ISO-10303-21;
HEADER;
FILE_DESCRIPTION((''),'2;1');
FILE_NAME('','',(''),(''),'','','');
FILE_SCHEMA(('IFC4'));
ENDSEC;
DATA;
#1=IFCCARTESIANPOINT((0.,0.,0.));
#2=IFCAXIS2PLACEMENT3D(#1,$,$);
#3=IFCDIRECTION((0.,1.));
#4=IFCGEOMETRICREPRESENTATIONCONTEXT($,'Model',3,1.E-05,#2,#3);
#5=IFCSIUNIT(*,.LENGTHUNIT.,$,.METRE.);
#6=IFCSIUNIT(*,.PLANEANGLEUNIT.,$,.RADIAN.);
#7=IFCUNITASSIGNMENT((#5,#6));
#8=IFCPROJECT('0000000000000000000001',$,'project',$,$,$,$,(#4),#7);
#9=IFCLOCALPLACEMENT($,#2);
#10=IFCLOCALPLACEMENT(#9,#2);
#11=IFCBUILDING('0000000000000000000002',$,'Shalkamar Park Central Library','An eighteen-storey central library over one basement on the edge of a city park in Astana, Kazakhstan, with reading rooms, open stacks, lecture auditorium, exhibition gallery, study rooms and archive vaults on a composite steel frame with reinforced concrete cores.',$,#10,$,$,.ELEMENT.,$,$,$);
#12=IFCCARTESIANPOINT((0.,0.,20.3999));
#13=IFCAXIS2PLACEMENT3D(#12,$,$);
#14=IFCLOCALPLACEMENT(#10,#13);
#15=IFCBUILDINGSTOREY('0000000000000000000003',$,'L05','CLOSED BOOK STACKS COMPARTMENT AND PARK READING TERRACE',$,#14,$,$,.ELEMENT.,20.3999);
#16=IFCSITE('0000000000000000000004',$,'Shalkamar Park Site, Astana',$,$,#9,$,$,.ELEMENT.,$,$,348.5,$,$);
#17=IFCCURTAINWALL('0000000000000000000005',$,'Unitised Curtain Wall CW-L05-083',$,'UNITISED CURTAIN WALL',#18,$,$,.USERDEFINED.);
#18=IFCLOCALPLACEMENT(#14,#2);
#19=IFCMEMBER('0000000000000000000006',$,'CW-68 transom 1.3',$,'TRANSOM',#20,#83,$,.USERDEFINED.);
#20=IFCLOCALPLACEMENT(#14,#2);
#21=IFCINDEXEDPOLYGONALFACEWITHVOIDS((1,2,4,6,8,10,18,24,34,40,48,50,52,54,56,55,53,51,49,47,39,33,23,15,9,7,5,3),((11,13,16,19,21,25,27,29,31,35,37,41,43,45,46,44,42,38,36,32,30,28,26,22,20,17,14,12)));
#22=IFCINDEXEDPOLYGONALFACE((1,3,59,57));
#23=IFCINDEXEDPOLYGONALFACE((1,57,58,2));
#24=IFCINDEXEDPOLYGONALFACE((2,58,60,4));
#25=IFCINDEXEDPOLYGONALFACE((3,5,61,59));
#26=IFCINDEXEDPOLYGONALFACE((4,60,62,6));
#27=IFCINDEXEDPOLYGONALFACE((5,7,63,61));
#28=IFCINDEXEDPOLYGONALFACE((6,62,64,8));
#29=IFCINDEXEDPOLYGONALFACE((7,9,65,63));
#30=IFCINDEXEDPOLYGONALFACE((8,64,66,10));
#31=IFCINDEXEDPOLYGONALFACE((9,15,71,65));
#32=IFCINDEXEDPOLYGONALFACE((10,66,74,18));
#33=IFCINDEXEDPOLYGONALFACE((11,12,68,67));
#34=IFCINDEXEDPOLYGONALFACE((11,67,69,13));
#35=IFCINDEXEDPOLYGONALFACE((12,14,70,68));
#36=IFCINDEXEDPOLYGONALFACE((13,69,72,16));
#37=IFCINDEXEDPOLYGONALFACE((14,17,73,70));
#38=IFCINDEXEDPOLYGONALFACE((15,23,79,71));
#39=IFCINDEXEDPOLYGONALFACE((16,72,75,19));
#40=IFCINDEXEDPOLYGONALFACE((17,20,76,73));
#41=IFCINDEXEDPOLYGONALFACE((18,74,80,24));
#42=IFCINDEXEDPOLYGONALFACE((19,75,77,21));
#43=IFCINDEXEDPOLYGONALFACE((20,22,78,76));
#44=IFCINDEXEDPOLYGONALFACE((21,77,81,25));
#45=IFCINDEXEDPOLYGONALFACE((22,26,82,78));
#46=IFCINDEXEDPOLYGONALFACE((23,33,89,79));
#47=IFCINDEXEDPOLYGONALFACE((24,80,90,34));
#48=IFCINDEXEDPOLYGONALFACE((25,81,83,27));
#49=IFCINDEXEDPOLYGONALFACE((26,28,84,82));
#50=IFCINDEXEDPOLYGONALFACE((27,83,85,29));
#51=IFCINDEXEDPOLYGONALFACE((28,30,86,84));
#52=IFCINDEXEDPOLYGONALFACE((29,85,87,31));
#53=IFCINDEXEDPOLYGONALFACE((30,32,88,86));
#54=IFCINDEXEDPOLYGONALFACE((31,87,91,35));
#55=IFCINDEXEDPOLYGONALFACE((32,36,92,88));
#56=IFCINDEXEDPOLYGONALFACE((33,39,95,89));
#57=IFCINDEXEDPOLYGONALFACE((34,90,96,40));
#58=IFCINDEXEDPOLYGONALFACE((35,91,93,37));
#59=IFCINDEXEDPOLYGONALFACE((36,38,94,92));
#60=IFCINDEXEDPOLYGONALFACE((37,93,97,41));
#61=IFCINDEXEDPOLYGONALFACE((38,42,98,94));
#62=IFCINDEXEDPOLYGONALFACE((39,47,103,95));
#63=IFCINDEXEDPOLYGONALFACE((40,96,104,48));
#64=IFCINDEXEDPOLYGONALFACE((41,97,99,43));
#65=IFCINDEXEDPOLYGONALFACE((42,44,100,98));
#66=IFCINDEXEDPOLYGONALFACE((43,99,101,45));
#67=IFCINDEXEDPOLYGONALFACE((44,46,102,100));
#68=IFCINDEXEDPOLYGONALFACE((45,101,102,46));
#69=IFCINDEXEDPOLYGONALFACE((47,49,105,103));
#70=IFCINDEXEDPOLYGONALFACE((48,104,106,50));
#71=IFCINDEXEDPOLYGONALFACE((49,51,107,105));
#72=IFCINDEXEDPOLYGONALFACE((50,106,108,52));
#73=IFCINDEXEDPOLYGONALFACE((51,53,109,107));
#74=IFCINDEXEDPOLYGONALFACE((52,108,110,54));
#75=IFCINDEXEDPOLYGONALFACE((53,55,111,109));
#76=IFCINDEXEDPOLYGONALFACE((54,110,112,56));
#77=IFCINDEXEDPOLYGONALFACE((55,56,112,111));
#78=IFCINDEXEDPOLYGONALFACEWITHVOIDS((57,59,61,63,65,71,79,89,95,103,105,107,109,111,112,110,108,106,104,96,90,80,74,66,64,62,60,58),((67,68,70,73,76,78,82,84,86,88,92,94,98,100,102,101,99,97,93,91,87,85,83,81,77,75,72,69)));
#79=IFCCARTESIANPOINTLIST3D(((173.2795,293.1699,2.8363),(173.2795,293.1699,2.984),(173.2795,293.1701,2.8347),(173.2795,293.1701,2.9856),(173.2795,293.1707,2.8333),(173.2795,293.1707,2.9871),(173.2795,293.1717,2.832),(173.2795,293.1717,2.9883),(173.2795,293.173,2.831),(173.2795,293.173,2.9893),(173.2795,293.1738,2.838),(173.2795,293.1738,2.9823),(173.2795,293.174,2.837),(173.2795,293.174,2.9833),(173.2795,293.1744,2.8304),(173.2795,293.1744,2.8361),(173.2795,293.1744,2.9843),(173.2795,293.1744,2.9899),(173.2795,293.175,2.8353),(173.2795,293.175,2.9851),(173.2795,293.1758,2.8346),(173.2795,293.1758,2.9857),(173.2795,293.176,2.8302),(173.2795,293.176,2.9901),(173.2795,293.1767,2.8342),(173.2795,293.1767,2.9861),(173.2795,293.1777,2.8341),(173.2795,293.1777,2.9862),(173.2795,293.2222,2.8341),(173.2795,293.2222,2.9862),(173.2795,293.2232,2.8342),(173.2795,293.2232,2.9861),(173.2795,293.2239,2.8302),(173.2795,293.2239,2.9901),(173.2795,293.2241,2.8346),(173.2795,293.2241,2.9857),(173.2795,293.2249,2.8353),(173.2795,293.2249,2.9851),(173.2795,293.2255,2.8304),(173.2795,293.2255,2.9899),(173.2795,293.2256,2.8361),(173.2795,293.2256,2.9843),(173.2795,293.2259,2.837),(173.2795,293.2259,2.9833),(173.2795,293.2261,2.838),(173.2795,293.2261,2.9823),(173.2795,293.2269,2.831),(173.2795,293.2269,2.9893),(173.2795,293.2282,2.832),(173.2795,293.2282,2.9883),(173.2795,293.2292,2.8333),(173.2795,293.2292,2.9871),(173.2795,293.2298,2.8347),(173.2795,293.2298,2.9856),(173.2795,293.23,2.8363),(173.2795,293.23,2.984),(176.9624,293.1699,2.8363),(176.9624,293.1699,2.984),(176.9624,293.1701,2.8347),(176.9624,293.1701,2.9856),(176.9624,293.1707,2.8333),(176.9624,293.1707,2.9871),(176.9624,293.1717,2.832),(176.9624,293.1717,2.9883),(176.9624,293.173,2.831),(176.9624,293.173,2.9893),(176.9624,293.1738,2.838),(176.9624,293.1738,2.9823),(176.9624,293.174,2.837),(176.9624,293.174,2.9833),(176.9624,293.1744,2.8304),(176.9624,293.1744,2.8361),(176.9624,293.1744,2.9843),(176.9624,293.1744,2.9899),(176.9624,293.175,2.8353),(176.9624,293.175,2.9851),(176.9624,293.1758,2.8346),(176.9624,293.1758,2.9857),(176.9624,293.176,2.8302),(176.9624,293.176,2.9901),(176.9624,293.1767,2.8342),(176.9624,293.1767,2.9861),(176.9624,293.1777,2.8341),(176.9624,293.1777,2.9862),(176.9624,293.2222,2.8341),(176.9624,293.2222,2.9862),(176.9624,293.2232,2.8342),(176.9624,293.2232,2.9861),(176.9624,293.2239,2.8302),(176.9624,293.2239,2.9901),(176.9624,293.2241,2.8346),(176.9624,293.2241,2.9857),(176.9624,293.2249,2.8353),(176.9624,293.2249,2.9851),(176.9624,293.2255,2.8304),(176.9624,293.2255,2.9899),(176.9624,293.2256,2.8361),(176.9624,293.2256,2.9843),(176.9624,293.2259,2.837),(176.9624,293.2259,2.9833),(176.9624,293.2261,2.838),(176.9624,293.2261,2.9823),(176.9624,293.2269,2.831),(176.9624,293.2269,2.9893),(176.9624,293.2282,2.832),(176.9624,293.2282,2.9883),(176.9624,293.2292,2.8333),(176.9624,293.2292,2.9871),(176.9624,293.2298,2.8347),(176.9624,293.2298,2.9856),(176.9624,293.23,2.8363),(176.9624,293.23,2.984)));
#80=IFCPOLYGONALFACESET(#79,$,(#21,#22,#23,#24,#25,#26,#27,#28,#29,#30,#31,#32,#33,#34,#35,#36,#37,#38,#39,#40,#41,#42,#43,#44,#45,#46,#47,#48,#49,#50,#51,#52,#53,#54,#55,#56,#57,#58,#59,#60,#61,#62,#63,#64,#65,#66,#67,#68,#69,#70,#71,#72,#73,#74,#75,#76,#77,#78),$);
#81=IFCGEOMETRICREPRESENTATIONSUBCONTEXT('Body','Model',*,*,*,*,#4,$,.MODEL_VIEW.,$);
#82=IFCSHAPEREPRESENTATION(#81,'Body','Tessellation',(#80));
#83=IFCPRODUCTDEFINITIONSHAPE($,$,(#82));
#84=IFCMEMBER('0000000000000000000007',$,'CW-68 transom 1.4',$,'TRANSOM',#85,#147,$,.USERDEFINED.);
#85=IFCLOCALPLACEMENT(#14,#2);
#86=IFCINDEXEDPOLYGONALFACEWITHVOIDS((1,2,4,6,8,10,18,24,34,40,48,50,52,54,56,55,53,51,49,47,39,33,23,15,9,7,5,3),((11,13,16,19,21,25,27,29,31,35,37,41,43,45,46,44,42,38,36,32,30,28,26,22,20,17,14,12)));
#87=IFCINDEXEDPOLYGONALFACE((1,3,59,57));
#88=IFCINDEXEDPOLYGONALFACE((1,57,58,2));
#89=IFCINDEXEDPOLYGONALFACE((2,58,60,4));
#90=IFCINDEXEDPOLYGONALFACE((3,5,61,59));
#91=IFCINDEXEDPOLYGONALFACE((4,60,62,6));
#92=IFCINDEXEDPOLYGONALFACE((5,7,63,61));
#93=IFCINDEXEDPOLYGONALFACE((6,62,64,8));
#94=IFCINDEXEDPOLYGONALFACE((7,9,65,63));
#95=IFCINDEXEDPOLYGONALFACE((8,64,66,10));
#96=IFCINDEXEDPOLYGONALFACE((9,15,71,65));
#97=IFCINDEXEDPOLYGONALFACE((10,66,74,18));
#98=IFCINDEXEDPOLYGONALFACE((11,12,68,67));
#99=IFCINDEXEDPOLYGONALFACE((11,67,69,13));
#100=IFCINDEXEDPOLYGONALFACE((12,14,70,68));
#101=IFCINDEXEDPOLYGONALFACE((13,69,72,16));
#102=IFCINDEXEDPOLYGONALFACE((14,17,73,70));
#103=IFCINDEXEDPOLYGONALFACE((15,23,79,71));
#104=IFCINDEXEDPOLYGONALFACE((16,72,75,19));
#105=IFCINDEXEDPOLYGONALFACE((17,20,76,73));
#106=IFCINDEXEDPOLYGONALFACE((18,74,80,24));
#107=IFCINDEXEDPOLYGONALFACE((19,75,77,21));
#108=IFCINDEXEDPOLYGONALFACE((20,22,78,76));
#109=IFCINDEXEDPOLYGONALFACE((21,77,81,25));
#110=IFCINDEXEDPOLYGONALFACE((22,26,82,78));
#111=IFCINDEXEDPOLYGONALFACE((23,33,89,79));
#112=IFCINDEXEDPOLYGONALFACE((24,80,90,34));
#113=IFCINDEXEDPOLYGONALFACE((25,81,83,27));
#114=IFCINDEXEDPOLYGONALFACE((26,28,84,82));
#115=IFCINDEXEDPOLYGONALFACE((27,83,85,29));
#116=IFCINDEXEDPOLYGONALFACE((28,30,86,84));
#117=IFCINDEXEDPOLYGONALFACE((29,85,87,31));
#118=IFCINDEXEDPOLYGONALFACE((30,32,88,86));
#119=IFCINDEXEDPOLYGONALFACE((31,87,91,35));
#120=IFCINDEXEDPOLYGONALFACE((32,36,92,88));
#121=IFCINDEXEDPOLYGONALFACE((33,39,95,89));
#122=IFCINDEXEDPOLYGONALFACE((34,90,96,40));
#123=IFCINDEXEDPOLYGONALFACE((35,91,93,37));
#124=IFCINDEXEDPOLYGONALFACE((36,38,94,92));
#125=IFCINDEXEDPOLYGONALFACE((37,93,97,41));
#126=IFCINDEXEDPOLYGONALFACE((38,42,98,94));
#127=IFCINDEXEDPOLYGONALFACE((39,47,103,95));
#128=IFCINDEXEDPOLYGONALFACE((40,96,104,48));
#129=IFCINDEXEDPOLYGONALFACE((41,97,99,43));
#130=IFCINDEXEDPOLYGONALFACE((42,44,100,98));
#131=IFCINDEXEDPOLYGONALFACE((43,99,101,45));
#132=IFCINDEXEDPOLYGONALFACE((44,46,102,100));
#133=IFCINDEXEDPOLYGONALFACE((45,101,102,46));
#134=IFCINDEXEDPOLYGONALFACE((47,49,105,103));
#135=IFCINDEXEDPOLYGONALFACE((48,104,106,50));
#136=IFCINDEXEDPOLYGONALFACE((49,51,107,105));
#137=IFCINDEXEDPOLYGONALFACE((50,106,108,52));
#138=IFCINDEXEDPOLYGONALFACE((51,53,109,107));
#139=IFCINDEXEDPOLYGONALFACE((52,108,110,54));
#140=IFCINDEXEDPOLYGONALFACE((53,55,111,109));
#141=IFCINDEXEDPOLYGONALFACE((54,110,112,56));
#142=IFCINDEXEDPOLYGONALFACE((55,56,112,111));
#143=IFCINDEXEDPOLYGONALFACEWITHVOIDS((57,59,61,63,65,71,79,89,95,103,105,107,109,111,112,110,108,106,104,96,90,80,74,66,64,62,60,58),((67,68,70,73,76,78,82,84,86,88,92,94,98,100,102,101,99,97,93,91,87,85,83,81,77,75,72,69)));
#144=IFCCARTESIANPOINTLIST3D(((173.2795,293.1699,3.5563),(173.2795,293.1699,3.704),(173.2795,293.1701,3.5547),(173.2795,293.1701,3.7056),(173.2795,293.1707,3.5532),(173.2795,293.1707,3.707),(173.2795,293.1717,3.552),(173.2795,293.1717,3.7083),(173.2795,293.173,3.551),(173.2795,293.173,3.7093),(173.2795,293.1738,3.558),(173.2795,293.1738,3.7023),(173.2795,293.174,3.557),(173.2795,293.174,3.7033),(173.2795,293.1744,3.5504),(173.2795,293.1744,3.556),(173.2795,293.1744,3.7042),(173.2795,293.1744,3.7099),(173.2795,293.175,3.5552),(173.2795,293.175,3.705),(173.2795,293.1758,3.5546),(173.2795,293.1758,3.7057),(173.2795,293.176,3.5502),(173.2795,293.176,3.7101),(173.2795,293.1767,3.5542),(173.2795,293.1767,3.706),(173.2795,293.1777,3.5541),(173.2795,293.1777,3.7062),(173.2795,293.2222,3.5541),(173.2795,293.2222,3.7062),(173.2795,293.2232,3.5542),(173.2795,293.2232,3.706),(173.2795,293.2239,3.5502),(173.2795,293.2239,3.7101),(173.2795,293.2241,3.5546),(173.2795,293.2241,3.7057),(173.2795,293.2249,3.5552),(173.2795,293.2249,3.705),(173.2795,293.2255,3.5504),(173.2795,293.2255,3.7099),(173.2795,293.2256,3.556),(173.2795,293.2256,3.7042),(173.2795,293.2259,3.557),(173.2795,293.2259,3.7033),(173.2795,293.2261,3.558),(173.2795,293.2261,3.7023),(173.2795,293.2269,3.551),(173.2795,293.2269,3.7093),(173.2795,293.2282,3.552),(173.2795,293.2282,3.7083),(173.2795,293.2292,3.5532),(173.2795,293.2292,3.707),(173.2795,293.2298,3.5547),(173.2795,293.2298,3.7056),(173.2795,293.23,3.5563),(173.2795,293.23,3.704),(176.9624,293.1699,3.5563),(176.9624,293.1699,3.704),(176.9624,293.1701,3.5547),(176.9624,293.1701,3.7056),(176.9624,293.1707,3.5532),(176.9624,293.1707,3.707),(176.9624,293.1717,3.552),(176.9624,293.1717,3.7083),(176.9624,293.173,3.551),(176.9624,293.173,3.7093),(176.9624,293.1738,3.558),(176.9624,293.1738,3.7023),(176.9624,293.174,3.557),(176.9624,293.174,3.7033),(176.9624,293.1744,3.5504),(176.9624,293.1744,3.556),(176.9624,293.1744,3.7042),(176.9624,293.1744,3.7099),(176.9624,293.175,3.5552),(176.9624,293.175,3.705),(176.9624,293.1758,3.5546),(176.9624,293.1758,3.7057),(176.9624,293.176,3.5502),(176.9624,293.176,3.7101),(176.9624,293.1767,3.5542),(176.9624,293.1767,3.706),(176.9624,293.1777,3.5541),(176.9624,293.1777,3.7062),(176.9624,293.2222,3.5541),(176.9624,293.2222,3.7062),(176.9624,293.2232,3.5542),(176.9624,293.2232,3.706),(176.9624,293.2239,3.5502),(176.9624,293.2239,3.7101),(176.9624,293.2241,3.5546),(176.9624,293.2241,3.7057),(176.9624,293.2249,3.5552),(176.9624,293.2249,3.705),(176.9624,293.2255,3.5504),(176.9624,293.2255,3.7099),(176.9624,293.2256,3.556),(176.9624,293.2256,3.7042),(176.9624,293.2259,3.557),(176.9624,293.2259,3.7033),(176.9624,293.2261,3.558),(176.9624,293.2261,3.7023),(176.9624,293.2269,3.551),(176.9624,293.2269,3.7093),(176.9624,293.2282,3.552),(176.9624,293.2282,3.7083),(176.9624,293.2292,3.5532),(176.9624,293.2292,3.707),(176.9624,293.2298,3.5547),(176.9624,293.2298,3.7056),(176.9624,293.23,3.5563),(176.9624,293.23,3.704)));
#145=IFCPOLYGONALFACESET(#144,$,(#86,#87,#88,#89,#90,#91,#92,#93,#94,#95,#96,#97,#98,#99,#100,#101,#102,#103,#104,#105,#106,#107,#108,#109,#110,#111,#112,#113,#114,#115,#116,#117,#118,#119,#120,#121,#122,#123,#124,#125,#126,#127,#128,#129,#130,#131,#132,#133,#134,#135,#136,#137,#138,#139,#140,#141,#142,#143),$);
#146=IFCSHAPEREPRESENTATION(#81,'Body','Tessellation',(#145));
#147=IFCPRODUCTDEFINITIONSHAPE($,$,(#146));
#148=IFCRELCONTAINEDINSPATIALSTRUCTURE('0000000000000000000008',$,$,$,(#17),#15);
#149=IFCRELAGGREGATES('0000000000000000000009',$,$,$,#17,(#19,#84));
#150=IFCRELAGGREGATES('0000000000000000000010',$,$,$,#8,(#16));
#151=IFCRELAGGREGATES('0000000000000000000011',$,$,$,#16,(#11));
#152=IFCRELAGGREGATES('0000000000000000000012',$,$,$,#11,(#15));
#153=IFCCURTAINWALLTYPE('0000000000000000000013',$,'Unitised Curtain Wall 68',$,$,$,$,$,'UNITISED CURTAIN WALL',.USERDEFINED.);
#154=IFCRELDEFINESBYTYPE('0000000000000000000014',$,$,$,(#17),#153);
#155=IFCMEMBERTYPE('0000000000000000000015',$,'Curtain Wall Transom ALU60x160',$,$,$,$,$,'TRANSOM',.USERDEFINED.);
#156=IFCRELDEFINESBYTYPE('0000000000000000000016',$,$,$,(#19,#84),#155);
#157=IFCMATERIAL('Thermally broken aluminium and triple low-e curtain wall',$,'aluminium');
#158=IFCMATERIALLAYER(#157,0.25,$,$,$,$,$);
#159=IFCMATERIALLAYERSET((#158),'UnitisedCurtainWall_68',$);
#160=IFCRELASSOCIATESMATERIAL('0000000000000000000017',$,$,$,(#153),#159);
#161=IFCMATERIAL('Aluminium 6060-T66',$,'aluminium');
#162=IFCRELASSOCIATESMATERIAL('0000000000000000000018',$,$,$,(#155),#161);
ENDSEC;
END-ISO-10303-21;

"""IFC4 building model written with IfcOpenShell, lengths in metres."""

from ifc_helpers import new_model, si_unit, direction, frame, origin, origin_2d, place, context, subcontext, project, spatial, hollow_rectangle, extrude, material, layer, layer_set, material_profile, profile_set, type_object, element, aggregate, save


model = new_model("IFC4")

# Units and contexts
model_context = context("Model", 3, precision=1e-05, world=origin(), true_north=direction((0.0, 1.0)))
body_context = subcontext(model_context, "Body", "Model", "MODEL_VIEW")
ifc_project = project(units=[si_unit("LENGTHUNIT", "METRE"), si_unit("PLANEANGLEUNIT", "RADIAN")], contexts=[model_context])

# Site, building, storey
site_placement = place(None, origin())
site = spatial("IfcSite", under=ifc_project, at=site_placement, Name="Shalkamar Park Site, Astana", CompositionType="ELEMENT", RefElevation=348.5)
building_placement = place(site_placement, origin())
building = spatial("IfcBuilding", under=site, at=building_placement, Name="Shalkamar Park Central Library", Description="An eighteen-storey central library over one basement on the edge of a city park in Astana, Kazakhstan, with reading rooms, open stacks, lecture auditorium, exhibition gallery, study rooms and archive vaults on a composite steel frame with reinforced concrete cores.", CompositionType="ELEMENT")
storey_placement = place(building_placement, frame((0.0, 0.0, 20.3999)))
storey = spatial("IfcBuildingStorey", under=building, at=storey_placement, Name="L05", Description="CLOSED BOOK STACKS COMPARTMENT AND PARK READING TERRACE", CompositionType="ELEMENT", Elevation=20.3999)

# Curtain wall
ifc_material_1 = material(Name="Thermally broken aluminium and triple low-e curtain wall", Category="aluminium")
ifc_layer_1 = layer(ifc_material_1, 0.25)
ifc_layer_set_1 = layer_set([ifc_layer_1], Name="UnitisedCurtainWall_68")
curtain_wall_type_1 = type_object("IfcCurtainWallType", Name="Unitised Curtain Wall 68", ElementType="UNITISED CURTAIN WALL", PredefinedType="USERDEFINED", material=ifc_layer_set_1)
curtain_wall_1_placement = place(storey_placement, origin())
curtain_wall_1 = element("IfcCurtainWall", 1, at=curtain_wall_1_placement, inside=storey, type_object=curtain_wall_type_1, Name="Unitised Curtain Wall CW-L05-083", ObjectType="UNITISED CURTAIN WALL", PredefinedType="USERDEFINED")
ifc_material_2 = material(Name="Aluminium 6060-T66", Category="aluminium")

# Members
ifc_material_profile_1 = material_profile(ifc_material_2, hollow_rectangle(XDim=0.0601, YDim=0.1599, WallThickness=0.0039, InnerFilletRadius=0.0039, OuterFilletRadius=0.0061, at=origin_2d()), Name="ALU 60x160x4")
ifc_profile_set_1 = profile_set([ifc_material_profile_1], Name="Aluminium 6060-T66")
member_type_1 = type_object("IfcMemberType", Name="Curtain Wall Transom ALU60x160", ElementType="TRANSOM", PredefinedType="USERDEFINED", material=ifc_profile_set_1)
member_1_placement = place(storey_placement, frame((173.2795, 293.2, 2.9102), z_axis=(1.0, 0.0, 0.0), x_axis=(0.0, 1.0, 0.0)))
member_1 = element("IfcMember", 2, at=member_1_placement, type_object=member_type_1, Name="CW-68 transom 1.3", ObjectType="TRANSOM", PredefinedType="USERDEFINED", context=body_context, shape_type="SweptSolid", body=[
    extrude(hollow_rectangle(XDim=0.0601, YDim=0.1599, WallThickness=0.0039, InnerFilletRadius=0.0039, OuterFilletRadius=0.0061, at=origin_2d()), origin(), (0.0, 0.0, 1.0), 3.6829),
])
member_2_placement = place(storey_placement, frame((173.2795, 293.2, 3.6301), z_axis=(1.0, 0.0, 0.0), x_axis=(0.0, 1.0, 0.0)))
member_2 = element("IfcMember", 3, at=member_2_placement, type_object=member_type_1, Name="CW-68 transom 1.4", ObjectType="TRANSOM", PredefinedType="USERDEFINED", context=body_context, shape_type="SweptSolid", body=[
    extrude(hollow_rectangle(XDim=0.0601, YDim=0.1599, WallThickness=0.0039, InnerFilletRadius=0.0039, OuterFilletRadius=0.0061, at=origin_2d()), origin(), (0.0, 0.0, 1.0), 3.6829),
])

aggregate(curtain_wall_1, [member_1, member_2])

save(model, "model.ifc")
